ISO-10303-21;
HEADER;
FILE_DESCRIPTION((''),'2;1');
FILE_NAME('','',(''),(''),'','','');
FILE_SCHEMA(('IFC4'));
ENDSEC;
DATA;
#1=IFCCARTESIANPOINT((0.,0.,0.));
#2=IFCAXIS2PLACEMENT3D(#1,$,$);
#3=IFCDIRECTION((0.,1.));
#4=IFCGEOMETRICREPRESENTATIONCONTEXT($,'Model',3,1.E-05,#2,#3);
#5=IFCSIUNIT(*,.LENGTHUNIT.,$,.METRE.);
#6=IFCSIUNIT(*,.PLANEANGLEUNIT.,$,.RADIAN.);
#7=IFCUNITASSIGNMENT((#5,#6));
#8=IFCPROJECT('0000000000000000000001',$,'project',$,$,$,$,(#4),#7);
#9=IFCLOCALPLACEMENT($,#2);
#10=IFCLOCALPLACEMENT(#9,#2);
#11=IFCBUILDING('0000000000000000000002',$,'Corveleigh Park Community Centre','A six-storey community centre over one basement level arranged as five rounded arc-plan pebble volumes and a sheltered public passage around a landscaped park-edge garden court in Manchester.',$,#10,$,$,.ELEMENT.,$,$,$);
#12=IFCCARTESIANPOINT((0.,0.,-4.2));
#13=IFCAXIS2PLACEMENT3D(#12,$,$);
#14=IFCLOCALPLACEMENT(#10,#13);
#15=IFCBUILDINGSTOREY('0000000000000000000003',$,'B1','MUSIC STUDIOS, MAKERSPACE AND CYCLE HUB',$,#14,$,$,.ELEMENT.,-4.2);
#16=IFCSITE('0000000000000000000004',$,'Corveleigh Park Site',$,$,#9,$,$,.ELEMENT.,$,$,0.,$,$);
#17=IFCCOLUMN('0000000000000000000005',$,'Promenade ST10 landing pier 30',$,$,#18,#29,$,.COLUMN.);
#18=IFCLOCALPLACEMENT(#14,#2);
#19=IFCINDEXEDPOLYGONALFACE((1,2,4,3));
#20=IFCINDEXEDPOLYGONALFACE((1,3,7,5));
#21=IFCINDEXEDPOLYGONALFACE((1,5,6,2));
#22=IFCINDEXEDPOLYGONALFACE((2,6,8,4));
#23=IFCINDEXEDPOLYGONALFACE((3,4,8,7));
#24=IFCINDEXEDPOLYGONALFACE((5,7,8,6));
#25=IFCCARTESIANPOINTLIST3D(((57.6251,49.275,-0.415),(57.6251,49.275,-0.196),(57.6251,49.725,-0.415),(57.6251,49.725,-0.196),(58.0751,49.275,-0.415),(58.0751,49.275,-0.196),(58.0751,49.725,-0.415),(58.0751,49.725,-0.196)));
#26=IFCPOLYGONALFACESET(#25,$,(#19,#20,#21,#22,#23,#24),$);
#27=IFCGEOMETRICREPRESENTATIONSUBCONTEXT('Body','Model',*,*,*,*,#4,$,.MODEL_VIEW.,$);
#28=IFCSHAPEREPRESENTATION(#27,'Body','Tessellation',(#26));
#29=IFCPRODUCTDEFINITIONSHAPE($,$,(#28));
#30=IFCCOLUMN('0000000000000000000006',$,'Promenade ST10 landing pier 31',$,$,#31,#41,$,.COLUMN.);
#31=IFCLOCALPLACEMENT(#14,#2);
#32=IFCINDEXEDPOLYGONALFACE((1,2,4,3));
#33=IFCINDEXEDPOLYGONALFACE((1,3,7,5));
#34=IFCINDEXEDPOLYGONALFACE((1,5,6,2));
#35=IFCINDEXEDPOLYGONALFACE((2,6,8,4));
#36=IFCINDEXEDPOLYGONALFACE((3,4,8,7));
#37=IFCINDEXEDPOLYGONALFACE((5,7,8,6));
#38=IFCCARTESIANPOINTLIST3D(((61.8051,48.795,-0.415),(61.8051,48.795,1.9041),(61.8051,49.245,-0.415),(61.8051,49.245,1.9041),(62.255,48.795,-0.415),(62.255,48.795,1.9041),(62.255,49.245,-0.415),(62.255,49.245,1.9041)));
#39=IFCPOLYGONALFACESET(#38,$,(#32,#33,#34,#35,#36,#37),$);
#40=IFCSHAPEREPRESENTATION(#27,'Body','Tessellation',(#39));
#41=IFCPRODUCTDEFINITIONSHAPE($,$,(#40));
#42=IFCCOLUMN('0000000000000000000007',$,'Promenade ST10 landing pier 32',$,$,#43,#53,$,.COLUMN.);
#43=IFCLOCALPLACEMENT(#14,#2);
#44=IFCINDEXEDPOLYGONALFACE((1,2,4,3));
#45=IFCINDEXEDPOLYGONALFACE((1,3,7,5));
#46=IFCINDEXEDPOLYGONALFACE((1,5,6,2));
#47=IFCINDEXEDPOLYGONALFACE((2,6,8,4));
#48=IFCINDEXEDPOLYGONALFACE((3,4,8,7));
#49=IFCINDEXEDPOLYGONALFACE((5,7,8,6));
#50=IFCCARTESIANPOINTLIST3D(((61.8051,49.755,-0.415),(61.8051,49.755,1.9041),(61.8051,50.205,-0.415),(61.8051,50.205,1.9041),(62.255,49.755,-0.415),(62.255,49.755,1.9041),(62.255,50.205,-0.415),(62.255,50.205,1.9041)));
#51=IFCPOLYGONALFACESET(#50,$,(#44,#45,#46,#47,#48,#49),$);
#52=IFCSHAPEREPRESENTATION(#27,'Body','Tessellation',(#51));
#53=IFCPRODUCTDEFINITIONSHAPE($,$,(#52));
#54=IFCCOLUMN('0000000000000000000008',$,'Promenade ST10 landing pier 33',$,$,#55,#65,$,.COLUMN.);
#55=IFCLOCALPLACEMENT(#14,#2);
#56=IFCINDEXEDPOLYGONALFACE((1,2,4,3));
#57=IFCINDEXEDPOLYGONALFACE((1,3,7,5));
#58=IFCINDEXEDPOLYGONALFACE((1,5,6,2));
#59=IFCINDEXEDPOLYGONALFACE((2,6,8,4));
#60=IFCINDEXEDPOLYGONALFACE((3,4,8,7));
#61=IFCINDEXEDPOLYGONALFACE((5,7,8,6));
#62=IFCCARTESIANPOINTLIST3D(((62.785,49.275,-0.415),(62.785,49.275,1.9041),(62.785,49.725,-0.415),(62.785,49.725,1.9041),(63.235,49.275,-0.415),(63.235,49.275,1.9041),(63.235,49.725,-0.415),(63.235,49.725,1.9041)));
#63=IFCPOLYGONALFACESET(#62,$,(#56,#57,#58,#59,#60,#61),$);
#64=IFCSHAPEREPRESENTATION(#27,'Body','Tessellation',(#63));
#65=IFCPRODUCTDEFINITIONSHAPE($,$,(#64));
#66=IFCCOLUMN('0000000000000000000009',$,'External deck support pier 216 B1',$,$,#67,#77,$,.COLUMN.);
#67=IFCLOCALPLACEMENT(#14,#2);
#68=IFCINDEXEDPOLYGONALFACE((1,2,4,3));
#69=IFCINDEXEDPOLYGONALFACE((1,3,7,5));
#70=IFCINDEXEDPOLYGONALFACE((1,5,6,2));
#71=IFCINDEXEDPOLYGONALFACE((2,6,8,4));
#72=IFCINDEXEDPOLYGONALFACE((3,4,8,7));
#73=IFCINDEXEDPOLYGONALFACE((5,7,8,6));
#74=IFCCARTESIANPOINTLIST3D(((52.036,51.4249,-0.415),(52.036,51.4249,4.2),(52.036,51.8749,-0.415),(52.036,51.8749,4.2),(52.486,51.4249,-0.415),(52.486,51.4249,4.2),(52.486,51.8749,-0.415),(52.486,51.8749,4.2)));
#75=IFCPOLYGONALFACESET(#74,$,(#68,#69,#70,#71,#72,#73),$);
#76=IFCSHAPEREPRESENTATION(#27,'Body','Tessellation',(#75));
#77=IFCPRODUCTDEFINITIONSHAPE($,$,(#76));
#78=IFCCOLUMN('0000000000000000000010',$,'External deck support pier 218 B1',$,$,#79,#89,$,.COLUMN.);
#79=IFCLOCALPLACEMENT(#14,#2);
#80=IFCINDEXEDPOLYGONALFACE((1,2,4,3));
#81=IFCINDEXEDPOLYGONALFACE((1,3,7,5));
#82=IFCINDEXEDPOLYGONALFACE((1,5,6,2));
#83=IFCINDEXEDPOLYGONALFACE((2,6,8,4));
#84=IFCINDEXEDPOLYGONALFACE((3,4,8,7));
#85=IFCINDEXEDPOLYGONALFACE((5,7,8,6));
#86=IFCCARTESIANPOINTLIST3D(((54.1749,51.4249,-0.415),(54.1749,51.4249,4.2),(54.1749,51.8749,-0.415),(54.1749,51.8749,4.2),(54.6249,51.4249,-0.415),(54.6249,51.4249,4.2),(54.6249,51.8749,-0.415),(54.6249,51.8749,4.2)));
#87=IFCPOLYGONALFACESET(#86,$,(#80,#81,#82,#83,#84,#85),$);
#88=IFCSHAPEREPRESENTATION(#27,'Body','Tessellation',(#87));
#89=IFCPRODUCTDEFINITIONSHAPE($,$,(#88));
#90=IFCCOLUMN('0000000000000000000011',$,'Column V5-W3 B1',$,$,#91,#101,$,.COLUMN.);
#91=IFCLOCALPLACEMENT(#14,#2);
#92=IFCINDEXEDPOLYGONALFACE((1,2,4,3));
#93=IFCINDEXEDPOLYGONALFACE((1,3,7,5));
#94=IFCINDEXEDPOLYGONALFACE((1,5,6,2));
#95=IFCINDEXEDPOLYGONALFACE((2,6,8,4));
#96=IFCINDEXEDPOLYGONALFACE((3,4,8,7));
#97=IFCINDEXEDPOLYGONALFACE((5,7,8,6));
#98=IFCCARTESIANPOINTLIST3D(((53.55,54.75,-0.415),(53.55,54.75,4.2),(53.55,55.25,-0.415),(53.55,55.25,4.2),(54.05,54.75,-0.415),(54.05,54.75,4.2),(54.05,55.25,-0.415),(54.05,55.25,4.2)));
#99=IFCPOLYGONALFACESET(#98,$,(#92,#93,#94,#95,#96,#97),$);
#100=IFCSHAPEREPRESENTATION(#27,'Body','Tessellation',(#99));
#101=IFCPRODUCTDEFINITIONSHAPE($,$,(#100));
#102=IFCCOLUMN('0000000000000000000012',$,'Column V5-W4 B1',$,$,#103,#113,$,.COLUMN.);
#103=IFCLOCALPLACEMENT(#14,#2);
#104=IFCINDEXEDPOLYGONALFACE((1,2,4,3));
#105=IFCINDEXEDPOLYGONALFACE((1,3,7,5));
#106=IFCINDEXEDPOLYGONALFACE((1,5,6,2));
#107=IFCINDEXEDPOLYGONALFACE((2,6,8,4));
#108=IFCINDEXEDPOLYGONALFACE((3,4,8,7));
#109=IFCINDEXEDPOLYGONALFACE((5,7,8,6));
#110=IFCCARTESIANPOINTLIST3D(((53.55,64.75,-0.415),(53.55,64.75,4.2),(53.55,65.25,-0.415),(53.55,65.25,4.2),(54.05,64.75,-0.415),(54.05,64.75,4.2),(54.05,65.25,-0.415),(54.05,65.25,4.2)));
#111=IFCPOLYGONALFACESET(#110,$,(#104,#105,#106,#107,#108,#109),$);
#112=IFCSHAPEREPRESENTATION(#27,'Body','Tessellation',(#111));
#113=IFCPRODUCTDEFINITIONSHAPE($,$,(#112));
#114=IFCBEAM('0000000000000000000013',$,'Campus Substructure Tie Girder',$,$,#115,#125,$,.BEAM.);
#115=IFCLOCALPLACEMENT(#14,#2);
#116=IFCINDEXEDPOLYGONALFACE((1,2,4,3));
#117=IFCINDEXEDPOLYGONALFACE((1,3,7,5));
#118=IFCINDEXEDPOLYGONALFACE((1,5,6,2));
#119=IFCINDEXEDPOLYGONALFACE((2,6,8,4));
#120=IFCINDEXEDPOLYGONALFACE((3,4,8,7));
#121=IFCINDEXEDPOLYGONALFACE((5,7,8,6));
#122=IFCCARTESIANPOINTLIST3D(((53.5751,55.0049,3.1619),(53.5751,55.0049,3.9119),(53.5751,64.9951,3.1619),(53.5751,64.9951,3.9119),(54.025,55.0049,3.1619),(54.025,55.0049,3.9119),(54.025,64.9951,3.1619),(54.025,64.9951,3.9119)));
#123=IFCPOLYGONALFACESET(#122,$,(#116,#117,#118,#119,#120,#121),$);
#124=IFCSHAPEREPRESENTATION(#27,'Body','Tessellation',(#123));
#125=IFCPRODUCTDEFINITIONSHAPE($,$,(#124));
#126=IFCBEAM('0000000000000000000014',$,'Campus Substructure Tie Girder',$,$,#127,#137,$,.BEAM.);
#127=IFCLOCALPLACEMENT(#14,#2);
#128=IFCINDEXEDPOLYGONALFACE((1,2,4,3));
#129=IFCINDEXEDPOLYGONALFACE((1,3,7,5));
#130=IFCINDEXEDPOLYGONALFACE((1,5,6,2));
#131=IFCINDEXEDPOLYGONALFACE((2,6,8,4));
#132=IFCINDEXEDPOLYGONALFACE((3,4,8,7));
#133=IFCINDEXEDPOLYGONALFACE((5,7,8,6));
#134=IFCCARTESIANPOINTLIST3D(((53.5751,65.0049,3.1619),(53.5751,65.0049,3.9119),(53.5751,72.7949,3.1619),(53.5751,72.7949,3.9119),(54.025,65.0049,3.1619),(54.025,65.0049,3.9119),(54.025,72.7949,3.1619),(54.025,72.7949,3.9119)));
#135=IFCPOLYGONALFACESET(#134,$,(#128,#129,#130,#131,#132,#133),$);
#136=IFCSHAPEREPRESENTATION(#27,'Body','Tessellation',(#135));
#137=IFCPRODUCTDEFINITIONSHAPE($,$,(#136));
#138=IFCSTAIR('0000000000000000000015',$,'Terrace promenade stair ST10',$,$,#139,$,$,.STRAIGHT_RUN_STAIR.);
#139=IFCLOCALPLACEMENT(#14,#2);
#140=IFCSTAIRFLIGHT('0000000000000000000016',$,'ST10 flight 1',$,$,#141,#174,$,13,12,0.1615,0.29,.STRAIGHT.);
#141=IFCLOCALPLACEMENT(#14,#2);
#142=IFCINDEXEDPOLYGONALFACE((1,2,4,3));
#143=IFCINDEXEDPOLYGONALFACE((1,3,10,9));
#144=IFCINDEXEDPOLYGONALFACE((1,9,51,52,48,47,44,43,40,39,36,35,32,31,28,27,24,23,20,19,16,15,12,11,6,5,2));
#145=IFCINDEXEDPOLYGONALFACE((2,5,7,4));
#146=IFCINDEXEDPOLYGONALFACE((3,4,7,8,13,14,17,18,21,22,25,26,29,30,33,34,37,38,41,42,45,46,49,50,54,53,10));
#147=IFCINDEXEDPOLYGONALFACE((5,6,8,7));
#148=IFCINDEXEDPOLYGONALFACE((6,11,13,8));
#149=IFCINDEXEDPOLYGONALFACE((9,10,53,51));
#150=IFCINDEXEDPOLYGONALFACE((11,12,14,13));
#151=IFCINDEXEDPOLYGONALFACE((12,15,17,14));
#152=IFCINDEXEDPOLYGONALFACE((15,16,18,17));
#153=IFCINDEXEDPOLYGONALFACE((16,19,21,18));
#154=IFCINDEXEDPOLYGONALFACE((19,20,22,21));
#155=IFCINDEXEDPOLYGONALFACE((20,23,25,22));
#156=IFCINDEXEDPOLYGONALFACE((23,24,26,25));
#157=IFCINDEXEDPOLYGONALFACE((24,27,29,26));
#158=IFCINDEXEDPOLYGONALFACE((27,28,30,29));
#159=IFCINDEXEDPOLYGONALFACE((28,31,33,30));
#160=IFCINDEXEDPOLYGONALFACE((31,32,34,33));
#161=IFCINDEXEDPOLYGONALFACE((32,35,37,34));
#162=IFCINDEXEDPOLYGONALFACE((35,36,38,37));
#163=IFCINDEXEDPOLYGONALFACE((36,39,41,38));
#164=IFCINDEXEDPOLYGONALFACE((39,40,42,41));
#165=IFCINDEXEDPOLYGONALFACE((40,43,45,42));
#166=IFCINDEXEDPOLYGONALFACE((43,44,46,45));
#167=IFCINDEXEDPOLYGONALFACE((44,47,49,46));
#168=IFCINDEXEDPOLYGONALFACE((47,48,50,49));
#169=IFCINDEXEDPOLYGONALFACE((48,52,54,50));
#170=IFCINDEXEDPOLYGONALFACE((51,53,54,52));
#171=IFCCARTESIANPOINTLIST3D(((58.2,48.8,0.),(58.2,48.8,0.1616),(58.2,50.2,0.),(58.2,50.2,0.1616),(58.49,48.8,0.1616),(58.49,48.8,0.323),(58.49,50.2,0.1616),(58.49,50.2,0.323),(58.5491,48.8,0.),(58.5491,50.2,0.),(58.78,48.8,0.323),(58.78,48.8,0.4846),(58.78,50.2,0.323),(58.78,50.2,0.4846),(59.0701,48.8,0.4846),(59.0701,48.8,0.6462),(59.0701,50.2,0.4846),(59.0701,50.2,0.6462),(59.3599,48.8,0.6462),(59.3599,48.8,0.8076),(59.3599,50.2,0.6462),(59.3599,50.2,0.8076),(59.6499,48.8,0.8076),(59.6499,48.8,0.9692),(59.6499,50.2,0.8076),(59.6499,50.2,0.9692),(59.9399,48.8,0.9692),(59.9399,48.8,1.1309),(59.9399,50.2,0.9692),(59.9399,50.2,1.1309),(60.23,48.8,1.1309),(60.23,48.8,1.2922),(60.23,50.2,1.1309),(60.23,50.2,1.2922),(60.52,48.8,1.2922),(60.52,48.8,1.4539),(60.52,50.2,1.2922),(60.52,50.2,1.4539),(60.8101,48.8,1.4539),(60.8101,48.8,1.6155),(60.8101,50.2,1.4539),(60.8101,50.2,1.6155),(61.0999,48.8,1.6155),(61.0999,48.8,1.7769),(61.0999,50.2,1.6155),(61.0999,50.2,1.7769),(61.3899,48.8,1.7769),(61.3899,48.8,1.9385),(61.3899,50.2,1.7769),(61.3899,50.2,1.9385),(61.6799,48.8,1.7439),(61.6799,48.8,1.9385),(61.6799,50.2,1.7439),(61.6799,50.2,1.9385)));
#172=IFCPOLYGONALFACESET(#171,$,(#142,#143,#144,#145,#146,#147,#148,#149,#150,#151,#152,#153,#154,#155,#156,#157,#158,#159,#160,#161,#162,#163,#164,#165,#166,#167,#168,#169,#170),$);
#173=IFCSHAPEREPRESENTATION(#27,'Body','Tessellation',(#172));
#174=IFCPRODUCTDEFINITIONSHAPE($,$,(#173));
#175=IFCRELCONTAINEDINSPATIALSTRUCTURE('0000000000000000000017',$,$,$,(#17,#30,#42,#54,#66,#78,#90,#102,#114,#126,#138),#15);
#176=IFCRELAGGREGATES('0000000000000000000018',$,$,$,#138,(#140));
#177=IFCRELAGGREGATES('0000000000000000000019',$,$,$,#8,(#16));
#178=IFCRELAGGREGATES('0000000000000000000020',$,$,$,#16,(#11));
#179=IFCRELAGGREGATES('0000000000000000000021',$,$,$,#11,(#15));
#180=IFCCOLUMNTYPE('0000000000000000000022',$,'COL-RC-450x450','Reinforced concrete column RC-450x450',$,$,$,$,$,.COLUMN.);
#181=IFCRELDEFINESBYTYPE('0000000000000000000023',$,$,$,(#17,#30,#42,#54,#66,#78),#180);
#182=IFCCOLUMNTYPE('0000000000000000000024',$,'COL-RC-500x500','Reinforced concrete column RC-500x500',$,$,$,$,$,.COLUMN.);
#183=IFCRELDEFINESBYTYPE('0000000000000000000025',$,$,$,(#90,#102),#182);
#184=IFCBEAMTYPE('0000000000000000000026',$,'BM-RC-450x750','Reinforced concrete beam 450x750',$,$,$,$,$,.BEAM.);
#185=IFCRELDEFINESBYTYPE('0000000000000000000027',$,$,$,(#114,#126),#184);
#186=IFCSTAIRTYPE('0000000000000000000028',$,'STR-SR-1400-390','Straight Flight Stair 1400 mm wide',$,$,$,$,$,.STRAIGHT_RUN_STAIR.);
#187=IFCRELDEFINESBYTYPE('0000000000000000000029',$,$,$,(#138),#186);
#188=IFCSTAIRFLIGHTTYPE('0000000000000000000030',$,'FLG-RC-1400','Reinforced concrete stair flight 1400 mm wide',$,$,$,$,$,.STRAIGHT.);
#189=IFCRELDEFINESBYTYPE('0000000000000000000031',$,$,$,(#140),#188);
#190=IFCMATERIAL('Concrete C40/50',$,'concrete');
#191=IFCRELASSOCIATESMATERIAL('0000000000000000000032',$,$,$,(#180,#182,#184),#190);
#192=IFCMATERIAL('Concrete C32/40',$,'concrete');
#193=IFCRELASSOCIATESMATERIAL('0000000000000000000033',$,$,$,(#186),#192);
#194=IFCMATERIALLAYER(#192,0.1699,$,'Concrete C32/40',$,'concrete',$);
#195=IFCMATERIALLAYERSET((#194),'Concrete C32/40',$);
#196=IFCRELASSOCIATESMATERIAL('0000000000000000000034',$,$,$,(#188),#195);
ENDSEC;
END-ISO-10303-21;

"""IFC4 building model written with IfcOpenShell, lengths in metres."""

from ifc_helpers import new_model, si_unit, direction, frame, origin, origin_2d, place, context, subcontext, project, spatial, polyline, rectangle, outline, extrude, material, layer, layer_set, material_profile, profile_set, type_object, element, aggregate, save


model = new_model("IFC4")

# Units and contexts
model_context = context("Model", 3, precision=1e-05, world=origin(), true_north=direction((0.0, 1.0)))
body_context = subcontext(model_context, "Body", "Model", "MODEL_VIEW")
ifc_project = project(units=[si_unit("LENGTHUNIT", "METRE"), si_unit("PLANEANGLEUNIT", "RADIAN")], contexts=[model_context])

# Site, building, storey
site_placement = place(None, origin())
site = spatial("IfcSite", under=ifc_project, at=site_placement, Name="Corveleigh Park Site", CompositionType="ELEMENT", RefElevation=0.0)
building_placement = place(site_placement, origin())
building = spatial("IfcBuilding", under=site, at=building_placement, Name="Corveleigh Park Community Centre", Description="A six-storey community centre over one basement level arranged as five rounded arc-plan pebble volumes and a sheltered public passage around a landscaped park-edge garden court in Manchester.", CompositionType="ELEMENT")
storey_placement = place(building_placement, frame((0.0, 0.0, -4.2)))
storey = spatial("IfcBuildingStorey", under=building, at=storey_placement, Name="B1", Description="MUSIC STUDIOS, MAKERSPACE AND CYCLE HUB", CompositionType="ELEMENT", Elevation=-4.2)

# Shared definitions
ifc_material_1 = material(Name="Concrete C40/50", Category="concrete")

# Shared definitions
ifc_material_2 = material(Name="Concrete C32/40", Category="concrete")

# Columns
ifc_material_profile_1 = material_profile(ifc_material_1, rectangle(XDim=0.45, YDim=0.45, at=origin_2d()), Name="RC-450x450", Category="concrete")
ifc_profile_set_1 = profile_set([ifc_material_profile_1], Name="Concrete C40/50")
column_type_1 = type_object("IfcColumnType", Name="COL-RC-450x450", Description="Reinforced concrete column RC-450x450", PredefinedType="COLUMN", material=ifc_profile_set_1)
for number, where, z_axis, x_axis, name in (
    (1, (57.8501, 49.5, -0.415), (0.0, 0.0, 1.0), (1.0, 0.0, 0.0), "Promenade ST10 landing pier 30"),
):
    element("IfcColumn", number, at=place(storey_placement, frame(where, z_axis=z_axis, x_axis=x_axis)), inside=storey, type_object=column_type_1, Name=name, PredefinedType="COLUMN", context=body_context, shape_type="SweptSolid", body=[
        extrude(rectangle(XDim=0.45, YDim=0.45, at=origin_2d()), origin(), (0.0, 0.0, 1.0), 0.219),
    ])
for number, where, z_axis, x_axis, name in (
    (2, (62.03, 49.02, -0.415), (0.0, 0.0, 1.0), (1.0, 0.0, 0.0), "Promenade ST10 landing pier 31"),
    (3, (62.03, 49.98, -0.415), (0.0, 0.0, 1.0), (1.0, 0.0, 0.0), "Promenade ST10 landing pier 32"),
    (4, (63.01, 49.5, -0.415), (0.0, 0.0, 1.0), (1.0, 0.0, 0.0), "Promenade ST10 landing pier 33"),
):
    element("IfcColumn", number, at=place(storey_placement, frame(where, z_axis=z_axis, x_axis=x_axis)), inside=storey, type_object=column_type_1, Name=name, PredefinedType="COLUMN", context=body_context, shape_type="SweptSolid", body=[
        extrude(rectangle(XDim=0.45, YDim=0.45, at=origin_2d()), origin(), (0.0, 0.0, 1.0), 2.3191),
    ])
for number, where, z_axis, x_axis, name in (
    (5, (52.261, 51.6499, -0.415), (0.0, 0.0, 1.0), (1.0, 0.0, 0.0), "External deck support pier 216 B1"),
    (6, (54.3999, 51.6499, -0.415), (0.0, 0.0, 1.0), (1.0, 0.0, 0.0), "External deck support pier 218 B1"),
):
    element("IfcColumn", number, at=place(storey_placement, frame(where, z_axis=z_axis, x_axis=x_axis)), inside=storey, type_object=column_type_1, Name=name, PredefinedType="COLUMN", context=body_context, shape_type="SweptSolid", body=[
        extrude(rectangle(XDim=0.45, YDim=0.45, at=origin_2d()), origin(), (0.0, 0.0, 1.0), 4.615),
    ])
ifc_material_profile_2 = material_profile(ifc_material_1, rectangle(XDim=0.5, YDim=0.5, at=origin_2d()), Name="RC-500x500", Category="concrete")
ifc_profile_set_2 = profile_set([ifc_material_profile_2], Name="Concrete C40/50")
column_type_2 = type_object("IfcColumnType", Name="COL-RC-500x500", Description="Reinforced concrete column RC-500x500", PredefinedType="COLUMN", material=ifc_profile_set_2)
for number, where, z_axis, x_axis, name in (
    (7, (53.8, 55.0, -0.415), (0.0, 0.0, 1.0), (1.0, 0.0, 0.0), "Column V5-W3 B1"),
    (8, (53.8, 65.0, -0.415), (0.0, 0.0, 1.0), (1.0, 0.0, 0.0), "Column V5-W4 B1"),
):
    element("IfcColumn", number, at=place(storey_placement, frame(where, z_axis=z_axis, x_axis=x_axis)), inside=storey, type_object=column_type_2, Name=name, PredefinedType="COLUMN", context=body_context, shape_type="SweptSolid", body=[
        extrude(rectangle(XDim=0.5, YDim=0.5, at=origin_2d()), origin(), (0.0, 0.0, 1.0), 4.615),
    ])

# Beams
ifc_material_profile_3 = material_profile(ifc_material_1, rectangle(XDim=0.45, YDim=0.75, at=origin_2d()), Name="RC-450x750", Category="concrete")
ifc_profile_set_3 = profile_set([ifc_material_profile_3], Name="Concrete C40/50")
beam_type = type_object("IfcBeamType", Name="BM-RC-450x750", Description="Reinforced concrete beam 450x750", PredefinedType="BEAM", material=ifc_profile_set_3)
beam_1_placement = place(storey_placement, frame((53.8, 55.0049, 3.5369), z_axis=(0.0, 1.0, 0.0), x_axis=(-1.0, 0.0, 0.0)))
element("IfcBeam", 9, at=beam_1_placement, inside=storey, type_object=beam_type, Name="Campus Substructure Tie Girder", PredefinedType="BEAM", context=body_context, shape_type="SweptSolid", body=[
    extrude(rectangle(XDim=0.45, YDim=0.75, at=origin_2d()), origin(), (0.0, 0.0, 1.0), 9.9902),
])
beam_2_placement = place(storey_placement, frame((53.8, 65.0049, 3.5369), z_axis=(0.0, 1.0, 0.0), x_axis=(-1.0, 0.0, 0.0)))
element("IfcBeam", 10, at=beam_2_placement, inside=storey, type_object=beam_type, Name="Campus Substructure Tie Girder", PredefinedType="BEAM", context=body_context, shape_type="SweptSolid", body=[
    extrude(rectangle(XDim=0.45, YDim=0.75, at=origin_2d()), origin(), (0.0, 0.0, 1.0), 7.79),
])

# Stair, stair flight
stair_type = type_object("IfcStairType", Name="STR-SR-1400-390", Description="Straight Flight Stair 1400 mm wide", PredefinedType="STRAIGHT_RUN_STAIR", material=ifc_material_2)
stair_placement = place(storey_placement, origin())
stair = element("IfcStair", 11, at=stair_placement, inside=storey, type_object=stair_type, Name="Terrace promenade stair ST10", PredefinedType="STRAIGHT_RUN_STAIR")
ifc_layer = layer(ifc_material_2, 0.1699, Name="Concrete C32/40", Category="concrete")
ifc_layer_set = layer_set([ifc_layer], Name="Concrete C32/40")
stair_flight_type = type_object("IfcStairFlightType", Name="FLG-RC-1400", Description="Reinforced concrete stair flight 1400 mm wide", PredefinedType="STRAIGHT", material=ifc_layer_set)
stair_flight_1_placement = place(storey_placement, frame((58.2, 49.5, 0.0), z_axis=(0.0, 0.0, 1.0), x_axis=(1.0, 0.0, 0.0)))
stair_flight_1 = element("IfcStairFlight", 12, at=stair_flight_1_placement, type_object=stair_flight_type, Name="ST10 flight 1", NumberOfRisers=13, NumberOfTreads=12, PredefinedType="STRAIGHT", RiserHeight=0.1615, TreadLength=0.29, context=body_context, shape_type="SweptSolid", body=[
    extrude(outline(polyline([(0.0, 0.0), (0.0, 0.1616), (0.29, 0.1616), (0.29, 0.323), (0.5801, 0.323), (0.5801, 0.4846), (0.8701, 0.4846), (0.8701, 0.6462), (1.1599, 0.6462), (1.1599, 0.8076), (1.45, 0.8076), (1.45, 0.9692), (1.74, 0.9692), (1.74, 1.1309), (2.03, 1.1309), (2.03, 1.2922), (2.3201, 1.2922), (2.3201, 1.4539), (2.6101, 1.4539), (2.6101, 1.6155), (2.8999, 1.6155), (2.8999, 1.7769), (3.1899, 1.7769), (3.1899, 1.9385), (3.48, 1.9385), (3.48, 2.1001), (3.48, 1.7439), (0.3491, 0.0), (0.0, 0.0)])), frame((0.0, 0.7, 0.0), z_axis=(0.0, -1.0, 0.0), x_axis=(1.0, 0.0, 0.0)), (0.0, 0.0, 1.0), 1.3999),
])
aggregate(stair, [stair_flight_1])

save(model, "model.ifc")
